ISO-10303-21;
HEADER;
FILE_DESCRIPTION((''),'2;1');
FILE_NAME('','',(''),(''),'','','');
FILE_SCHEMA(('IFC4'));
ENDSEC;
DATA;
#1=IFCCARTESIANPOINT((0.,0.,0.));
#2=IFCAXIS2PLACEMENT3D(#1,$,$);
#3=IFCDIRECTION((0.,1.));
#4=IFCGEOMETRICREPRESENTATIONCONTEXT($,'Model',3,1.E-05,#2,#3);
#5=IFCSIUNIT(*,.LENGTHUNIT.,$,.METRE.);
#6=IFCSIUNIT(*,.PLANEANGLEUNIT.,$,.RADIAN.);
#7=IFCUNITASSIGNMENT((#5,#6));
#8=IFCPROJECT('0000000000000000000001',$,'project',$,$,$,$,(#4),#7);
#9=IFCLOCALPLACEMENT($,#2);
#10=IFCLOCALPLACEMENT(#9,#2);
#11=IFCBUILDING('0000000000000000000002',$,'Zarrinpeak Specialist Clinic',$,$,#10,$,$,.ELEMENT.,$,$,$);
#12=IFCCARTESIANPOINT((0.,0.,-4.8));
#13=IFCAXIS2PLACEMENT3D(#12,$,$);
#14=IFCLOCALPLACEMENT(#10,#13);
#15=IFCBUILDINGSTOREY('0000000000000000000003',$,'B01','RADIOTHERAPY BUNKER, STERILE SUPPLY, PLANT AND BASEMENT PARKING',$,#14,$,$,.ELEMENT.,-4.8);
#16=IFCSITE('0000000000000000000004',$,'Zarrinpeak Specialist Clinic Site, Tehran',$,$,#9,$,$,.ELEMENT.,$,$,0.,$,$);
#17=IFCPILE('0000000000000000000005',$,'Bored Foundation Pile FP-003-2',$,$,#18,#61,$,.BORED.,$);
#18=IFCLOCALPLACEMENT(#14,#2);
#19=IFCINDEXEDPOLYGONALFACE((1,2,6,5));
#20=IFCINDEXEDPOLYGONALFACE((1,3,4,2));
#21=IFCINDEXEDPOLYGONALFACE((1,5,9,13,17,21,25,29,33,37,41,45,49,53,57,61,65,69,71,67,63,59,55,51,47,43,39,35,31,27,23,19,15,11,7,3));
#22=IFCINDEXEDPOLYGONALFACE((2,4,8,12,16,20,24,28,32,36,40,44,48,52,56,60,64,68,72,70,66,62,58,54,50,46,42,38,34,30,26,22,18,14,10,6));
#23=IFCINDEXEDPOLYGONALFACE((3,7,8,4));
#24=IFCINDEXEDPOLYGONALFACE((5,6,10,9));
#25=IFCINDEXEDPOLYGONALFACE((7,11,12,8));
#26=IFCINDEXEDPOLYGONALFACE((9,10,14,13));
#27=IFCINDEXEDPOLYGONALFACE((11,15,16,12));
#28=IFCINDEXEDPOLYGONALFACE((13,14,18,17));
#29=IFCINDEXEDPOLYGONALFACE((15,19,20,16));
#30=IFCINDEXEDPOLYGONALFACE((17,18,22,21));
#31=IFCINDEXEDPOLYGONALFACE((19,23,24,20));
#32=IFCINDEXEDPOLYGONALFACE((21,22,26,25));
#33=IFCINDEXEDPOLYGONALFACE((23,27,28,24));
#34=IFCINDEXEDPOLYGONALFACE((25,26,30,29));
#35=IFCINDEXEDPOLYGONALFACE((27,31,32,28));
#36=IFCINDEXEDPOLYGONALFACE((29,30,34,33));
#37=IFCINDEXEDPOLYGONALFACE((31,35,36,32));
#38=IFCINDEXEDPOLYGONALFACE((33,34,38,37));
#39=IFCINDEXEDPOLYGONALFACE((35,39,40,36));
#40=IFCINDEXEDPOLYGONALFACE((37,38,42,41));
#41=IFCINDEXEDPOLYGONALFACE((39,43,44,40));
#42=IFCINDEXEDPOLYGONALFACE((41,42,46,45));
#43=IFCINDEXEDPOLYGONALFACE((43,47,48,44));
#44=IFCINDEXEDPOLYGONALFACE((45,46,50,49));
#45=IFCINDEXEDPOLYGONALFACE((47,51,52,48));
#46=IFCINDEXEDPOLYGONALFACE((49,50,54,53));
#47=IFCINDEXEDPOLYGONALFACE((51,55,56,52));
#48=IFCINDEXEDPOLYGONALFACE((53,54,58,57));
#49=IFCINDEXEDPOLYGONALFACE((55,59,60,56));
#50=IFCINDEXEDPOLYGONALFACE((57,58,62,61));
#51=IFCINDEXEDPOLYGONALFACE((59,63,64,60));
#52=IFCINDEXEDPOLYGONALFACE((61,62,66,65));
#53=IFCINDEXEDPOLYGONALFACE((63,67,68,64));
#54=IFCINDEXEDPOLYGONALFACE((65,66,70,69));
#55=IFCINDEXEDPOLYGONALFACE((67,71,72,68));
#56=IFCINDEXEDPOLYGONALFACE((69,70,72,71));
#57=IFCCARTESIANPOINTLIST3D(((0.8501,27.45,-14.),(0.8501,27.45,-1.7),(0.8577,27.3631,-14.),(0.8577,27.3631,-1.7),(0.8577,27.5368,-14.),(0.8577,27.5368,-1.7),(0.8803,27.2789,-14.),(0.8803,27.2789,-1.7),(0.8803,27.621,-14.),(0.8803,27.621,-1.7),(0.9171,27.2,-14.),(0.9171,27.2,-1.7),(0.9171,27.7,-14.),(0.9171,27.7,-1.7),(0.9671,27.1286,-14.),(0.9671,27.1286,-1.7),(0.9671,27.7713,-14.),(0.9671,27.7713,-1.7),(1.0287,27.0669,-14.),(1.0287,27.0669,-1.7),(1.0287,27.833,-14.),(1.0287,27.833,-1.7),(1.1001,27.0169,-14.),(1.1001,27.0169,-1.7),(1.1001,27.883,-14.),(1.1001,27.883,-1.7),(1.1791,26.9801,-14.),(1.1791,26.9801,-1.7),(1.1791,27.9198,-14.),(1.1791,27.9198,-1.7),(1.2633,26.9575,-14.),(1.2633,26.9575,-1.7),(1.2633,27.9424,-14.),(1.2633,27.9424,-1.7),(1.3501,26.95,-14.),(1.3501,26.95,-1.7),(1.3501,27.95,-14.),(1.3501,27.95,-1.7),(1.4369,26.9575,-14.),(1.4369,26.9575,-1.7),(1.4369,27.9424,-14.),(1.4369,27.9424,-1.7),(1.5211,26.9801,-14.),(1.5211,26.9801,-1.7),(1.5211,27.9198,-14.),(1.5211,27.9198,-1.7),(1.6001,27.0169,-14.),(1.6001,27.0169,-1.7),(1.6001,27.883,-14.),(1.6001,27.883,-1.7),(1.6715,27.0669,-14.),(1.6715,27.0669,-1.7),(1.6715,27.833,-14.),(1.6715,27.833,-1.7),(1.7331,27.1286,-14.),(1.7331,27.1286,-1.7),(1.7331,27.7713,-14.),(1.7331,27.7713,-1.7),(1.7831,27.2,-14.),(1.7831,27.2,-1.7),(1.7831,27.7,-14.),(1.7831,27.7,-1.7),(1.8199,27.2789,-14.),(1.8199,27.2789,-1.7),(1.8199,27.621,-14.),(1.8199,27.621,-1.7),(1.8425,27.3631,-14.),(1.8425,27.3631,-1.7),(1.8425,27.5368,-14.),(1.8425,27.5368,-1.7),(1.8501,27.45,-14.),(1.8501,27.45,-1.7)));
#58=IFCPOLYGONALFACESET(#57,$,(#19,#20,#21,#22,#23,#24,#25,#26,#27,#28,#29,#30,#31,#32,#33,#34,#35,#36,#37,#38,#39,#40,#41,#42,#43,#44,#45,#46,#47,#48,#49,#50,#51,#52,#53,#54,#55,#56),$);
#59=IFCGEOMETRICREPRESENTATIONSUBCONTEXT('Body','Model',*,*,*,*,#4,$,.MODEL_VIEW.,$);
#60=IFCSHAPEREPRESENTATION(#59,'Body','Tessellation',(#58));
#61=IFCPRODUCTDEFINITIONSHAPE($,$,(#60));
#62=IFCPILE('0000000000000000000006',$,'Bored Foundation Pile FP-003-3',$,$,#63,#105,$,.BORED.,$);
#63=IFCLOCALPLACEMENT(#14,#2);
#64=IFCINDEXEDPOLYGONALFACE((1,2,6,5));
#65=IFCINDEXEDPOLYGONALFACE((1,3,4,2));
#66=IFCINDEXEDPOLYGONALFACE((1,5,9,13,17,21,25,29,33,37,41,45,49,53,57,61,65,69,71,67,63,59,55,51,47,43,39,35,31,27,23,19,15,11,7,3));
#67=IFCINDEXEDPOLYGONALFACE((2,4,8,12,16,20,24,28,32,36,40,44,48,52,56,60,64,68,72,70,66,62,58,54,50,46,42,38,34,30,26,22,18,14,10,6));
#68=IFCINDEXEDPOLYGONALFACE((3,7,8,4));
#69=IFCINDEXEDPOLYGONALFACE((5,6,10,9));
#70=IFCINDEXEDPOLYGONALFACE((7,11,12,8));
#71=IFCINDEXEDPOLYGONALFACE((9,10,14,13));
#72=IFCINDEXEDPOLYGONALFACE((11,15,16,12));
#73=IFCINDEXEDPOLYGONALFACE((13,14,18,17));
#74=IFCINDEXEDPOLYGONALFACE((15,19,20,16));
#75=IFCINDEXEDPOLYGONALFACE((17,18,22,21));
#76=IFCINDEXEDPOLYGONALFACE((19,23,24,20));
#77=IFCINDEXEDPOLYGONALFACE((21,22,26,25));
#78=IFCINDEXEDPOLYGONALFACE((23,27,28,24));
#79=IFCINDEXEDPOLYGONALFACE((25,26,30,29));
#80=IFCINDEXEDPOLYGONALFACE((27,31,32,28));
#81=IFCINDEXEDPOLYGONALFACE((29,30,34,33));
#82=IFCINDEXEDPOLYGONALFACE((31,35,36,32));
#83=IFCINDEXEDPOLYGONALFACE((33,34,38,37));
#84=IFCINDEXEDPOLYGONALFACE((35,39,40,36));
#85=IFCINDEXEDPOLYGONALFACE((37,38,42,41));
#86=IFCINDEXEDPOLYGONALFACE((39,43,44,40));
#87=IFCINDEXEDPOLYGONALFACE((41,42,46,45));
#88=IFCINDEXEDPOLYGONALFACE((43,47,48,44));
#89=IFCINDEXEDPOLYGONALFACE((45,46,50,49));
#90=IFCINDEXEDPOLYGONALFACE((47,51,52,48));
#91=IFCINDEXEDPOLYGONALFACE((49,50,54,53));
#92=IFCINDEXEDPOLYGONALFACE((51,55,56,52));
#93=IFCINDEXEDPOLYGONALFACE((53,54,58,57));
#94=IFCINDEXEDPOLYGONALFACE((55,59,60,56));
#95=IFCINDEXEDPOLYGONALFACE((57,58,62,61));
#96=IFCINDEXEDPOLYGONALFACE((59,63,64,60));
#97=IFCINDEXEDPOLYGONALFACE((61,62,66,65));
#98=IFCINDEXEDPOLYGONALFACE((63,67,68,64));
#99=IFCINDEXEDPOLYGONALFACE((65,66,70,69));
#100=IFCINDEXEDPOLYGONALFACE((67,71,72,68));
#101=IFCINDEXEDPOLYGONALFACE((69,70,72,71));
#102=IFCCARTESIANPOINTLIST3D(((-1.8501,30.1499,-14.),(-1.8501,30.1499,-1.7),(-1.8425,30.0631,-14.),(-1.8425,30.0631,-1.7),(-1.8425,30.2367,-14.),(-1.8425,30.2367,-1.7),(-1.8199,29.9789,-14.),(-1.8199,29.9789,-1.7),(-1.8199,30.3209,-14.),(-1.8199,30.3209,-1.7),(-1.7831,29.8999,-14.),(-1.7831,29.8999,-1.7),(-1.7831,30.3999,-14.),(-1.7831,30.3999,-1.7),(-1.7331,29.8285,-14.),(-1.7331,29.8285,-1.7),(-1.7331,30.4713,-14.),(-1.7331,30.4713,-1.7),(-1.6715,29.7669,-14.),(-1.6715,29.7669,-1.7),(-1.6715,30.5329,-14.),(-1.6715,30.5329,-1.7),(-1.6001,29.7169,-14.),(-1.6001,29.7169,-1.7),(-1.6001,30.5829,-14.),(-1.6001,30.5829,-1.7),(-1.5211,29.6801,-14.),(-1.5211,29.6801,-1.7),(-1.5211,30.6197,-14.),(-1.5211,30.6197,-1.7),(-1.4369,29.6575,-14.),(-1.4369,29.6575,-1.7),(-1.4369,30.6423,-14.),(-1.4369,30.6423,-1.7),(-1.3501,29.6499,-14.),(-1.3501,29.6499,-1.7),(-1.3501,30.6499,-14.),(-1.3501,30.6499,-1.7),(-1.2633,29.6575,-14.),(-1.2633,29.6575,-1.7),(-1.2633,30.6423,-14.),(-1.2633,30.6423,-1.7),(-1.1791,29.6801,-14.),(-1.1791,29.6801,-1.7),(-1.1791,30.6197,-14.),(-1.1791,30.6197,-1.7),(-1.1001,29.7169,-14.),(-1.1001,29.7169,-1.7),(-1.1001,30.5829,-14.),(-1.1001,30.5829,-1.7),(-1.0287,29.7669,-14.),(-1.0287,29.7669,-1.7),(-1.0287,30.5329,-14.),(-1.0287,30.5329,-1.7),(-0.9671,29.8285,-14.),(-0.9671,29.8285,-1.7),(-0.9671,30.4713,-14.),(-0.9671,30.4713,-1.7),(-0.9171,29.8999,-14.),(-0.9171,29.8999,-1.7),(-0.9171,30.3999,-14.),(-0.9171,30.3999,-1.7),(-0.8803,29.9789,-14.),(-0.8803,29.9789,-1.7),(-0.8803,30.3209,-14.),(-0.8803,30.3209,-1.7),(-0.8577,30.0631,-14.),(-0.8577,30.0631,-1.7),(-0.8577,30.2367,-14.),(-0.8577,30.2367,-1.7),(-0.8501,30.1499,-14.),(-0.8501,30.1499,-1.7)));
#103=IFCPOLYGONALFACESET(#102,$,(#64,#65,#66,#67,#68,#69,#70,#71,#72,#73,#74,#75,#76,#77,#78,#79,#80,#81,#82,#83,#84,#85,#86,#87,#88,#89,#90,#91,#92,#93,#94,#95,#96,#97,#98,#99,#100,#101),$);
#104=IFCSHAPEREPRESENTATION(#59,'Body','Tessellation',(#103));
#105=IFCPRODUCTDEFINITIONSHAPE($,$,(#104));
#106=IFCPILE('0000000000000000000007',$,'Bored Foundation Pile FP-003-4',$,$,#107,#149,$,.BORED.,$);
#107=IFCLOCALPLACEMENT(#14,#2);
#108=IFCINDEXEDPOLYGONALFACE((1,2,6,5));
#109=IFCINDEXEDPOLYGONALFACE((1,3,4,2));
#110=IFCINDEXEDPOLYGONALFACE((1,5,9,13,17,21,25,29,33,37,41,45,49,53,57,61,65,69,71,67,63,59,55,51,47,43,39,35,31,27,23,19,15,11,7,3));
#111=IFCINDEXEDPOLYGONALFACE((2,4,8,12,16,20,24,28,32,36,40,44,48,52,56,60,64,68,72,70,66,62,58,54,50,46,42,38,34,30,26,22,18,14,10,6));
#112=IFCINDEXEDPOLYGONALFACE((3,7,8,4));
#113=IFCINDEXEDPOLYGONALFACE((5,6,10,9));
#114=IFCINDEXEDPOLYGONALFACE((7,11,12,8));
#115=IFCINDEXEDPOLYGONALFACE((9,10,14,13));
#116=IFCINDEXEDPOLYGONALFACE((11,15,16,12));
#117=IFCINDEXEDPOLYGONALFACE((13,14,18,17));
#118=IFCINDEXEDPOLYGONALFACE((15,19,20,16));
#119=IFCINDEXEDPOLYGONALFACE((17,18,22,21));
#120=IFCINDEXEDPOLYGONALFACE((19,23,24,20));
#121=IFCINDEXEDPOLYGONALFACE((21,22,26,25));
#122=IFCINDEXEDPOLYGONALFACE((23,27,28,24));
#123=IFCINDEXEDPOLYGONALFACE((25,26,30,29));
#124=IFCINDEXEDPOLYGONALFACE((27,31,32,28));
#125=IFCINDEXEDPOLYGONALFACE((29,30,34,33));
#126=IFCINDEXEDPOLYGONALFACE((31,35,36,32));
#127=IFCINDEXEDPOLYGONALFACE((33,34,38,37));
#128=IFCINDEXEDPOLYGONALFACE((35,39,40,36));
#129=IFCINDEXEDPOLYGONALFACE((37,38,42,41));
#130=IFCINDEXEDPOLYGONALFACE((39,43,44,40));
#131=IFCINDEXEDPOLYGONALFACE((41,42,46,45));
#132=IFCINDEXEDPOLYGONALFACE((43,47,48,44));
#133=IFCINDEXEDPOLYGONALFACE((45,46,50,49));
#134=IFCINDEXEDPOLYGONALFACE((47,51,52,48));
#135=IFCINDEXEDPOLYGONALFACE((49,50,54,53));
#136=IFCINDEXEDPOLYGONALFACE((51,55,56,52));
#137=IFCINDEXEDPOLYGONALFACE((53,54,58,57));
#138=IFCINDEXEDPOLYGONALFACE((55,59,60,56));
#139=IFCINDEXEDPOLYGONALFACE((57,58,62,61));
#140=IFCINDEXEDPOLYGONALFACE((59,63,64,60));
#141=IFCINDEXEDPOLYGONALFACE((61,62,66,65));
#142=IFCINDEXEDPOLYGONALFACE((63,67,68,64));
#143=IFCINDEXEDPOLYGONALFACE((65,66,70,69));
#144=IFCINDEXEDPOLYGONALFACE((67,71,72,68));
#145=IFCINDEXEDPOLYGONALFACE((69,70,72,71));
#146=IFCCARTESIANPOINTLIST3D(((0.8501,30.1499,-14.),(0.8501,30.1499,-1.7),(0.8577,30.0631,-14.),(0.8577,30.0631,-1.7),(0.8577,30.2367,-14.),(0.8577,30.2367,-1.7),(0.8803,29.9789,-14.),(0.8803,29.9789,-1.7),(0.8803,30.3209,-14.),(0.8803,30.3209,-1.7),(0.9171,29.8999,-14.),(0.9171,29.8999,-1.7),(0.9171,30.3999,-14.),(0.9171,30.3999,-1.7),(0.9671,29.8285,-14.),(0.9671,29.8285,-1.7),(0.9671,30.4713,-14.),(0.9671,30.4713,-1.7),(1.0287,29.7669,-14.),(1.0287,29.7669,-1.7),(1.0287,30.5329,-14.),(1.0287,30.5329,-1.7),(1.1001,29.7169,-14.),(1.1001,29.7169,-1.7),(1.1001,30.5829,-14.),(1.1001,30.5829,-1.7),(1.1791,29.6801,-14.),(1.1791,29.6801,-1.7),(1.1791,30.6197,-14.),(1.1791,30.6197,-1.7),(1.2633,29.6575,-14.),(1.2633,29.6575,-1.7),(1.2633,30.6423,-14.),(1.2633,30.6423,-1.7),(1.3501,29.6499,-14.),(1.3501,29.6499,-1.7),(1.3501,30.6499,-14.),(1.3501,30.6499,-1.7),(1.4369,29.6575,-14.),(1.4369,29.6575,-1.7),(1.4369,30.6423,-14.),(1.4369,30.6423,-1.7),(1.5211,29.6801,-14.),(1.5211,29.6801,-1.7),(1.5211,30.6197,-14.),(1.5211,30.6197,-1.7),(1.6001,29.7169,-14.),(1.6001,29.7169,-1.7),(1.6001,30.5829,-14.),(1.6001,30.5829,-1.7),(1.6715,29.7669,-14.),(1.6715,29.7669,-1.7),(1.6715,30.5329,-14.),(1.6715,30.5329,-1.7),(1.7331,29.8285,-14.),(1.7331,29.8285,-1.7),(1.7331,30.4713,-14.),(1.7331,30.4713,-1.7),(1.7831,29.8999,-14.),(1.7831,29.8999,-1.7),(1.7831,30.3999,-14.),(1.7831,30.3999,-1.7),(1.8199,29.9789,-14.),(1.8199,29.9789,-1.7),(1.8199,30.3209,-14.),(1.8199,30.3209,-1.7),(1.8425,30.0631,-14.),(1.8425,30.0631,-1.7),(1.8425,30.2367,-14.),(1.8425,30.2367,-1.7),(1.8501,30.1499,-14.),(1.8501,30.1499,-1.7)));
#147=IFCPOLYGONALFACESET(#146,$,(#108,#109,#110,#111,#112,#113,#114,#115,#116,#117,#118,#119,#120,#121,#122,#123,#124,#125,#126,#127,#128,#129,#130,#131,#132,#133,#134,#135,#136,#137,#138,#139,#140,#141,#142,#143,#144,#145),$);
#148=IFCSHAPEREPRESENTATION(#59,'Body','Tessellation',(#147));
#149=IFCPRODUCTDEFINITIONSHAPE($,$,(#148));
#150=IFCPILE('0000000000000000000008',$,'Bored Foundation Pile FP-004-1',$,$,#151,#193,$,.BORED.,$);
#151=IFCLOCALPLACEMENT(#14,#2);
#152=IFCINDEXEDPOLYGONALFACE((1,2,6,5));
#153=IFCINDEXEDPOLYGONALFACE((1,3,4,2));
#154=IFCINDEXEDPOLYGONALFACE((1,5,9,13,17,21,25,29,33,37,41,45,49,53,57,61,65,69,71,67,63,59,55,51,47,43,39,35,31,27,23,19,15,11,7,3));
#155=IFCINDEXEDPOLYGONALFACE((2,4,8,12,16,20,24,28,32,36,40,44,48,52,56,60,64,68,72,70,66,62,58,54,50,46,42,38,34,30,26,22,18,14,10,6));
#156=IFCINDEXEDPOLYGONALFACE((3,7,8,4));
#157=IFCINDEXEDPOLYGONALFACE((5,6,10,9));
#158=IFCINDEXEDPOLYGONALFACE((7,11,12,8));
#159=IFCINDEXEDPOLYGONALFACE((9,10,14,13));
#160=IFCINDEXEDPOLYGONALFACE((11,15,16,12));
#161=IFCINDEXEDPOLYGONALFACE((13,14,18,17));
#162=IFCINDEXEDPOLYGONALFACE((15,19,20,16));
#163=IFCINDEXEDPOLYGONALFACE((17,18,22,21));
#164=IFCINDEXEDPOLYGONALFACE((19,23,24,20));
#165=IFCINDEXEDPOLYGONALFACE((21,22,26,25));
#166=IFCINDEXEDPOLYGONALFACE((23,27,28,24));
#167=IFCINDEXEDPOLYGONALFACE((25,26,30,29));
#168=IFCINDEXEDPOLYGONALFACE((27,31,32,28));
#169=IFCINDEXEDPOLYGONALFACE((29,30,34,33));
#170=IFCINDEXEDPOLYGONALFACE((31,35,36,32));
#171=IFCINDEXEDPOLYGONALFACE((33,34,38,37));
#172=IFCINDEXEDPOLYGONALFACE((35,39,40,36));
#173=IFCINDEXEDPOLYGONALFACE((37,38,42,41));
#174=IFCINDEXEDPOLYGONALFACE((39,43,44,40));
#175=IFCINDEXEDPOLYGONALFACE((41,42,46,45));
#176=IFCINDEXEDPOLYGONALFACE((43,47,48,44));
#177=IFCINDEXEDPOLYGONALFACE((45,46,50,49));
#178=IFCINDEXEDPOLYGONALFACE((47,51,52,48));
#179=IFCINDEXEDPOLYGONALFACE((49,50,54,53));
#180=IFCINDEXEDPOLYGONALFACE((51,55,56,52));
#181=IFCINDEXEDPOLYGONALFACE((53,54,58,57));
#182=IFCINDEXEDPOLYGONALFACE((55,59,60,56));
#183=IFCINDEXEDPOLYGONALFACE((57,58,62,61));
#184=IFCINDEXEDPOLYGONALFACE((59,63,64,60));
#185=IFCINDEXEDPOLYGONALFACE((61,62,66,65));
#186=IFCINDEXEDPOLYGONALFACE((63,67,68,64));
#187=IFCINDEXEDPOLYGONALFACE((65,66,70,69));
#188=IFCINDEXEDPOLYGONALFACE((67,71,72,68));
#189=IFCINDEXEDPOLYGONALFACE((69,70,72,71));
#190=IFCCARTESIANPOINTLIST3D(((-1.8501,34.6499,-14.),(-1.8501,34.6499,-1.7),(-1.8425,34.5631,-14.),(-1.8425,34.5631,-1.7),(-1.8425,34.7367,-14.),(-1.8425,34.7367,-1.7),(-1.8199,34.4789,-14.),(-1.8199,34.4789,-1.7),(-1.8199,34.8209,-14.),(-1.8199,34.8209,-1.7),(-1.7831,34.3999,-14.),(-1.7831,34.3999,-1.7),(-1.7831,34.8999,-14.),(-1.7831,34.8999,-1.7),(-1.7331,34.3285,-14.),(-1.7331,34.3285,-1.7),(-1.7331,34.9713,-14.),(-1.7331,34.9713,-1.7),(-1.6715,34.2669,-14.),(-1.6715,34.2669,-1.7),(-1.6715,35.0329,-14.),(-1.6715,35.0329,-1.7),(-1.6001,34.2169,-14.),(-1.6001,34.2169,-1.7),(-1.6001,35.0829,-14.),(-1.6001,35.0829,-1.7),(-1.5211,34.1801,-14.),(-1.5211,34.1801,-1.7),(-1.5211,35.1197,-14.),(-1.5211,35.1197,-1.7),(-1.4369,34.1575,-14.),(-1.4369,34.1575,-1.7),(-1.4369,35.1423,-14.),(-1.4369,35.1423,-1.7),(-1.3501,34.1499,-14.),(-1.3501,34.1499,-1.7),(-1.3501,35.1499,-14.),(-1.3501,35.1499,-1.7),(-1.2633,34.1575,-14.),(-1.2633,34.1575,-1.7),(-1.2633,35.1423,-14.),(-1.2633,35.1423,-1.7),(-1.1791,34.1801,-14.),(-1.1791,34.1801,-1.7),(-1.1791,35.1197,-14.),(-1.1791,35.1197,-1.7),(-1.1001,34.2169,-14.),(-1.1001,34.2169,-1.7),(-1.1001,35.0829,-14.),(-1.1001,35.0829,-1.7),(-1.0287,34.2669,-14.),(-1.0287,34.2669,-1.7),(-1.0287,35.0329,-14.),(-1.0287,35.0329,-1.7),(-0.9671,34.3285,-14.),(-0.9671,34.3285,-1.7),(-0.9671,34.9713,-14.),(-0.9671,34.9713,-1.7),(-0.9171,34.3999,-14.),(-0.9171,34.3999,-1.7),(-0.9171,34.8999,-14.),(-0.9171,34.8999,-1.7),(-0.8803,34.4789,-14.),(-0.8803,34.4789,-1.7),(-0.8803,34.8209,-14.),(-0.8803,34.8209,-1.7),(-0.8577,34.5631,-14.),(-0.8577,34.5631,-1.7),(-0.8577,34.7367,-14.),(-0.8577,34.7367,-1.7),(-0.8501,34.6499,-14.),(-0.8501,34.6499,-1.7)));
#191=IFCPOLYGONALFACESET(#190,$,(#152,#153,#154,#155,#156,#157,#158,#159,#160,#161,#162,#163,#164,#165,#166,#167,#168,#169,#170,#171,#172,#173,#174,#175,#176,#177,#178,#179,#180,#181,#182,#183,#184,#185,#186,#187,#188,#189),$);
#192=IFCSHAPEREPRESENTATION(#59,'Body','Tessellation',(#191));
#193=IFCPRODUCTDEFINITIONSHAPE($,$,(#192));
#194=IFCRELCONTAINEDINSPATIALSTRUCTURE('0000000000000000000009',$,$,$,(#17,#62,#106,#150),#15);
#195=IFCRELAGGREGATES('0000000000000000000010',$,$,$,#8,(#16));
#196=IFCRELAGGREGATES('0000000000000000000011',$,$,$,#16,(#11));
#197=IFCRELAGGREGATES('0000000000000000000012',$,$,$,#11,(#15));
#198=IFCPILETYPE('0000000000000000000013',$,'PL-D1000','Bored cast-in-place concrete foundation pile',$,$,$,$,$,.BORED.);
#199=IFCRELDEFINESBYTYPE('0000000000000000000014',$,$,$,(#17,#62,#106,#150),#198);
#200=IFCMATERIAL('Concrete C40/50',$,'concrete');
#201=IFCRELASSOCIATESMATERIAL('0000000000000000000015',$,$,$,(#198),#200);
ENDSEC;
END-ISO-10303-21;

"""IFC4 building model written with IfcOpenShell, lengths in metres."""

from ifc_helpers import new_model, si_unit, direction, frame, origin, origin_2d, place, context, subcontext, project, spatial, circle, extrude, material, material_profile, profile_set, type_object, element, save


model = new_model("IFC4")

# Units and contexts
model_context = context("Model", 3, precision=1e-05, world=origin(), true_north=direction((0.0, 1.0)))
body_context = subcontext(model_context, "Body", "Model", "MODEL_VIEW")
ifc_project = project(units=[si_unit("LENGTHUNIT", "METRE"), si_unit("PLANEANGLEUNIT", "RADIAN")], contexts=[model_context])

# Site, building, storey
site_placement = place(None, origin())
site = spatial("IfcSite", under=ifc_project, at=site_placement, Name="Zarrinpeak Specialist Clinic Site, Tehran", CompositionType="ELEMENT", RefElevation=0.0)
building_placement = place(site_placement, origin())
building = spatial("IfcBuilding", under=site, at=building_placement, Name="Zarrinpeak Specialist Clinic", CompositionType="ELEMENT")
storey_placement = place(building_placement, frame((0.0, 0.0, -4.8)))
storey = spatial("IfcBuildingStorey", under=building, at=storey_placement, Name="B01", Description="RADIOTHERAPY BUNKER, STERILE SUPPLY, PLANT AND BASEMENT PARKING", CompositionType="ELEMENT", Elevation=-4.8)

# Shared definitions
ifc_material = material(Name="Concrete C40/50", Category="concrete")

# Piles
ifc_material_profile_1 = material_profile(ifc_material, circle(Radius=0.5, at=origin_2d()), Name="BORED PILE D1000")
ifc_profile_set_1 = profile_set([ifc_material_profile_1], Name="Concrete C40/50")
pile_type = type_object("IfcPileType", Name="PL-D1000", Description="Bored cast-in-place concrete foundation pile", PredefinedType="BORED", material=ifc_profile_set_1)
for number, where, z_axis, x_axis, name in (
    (1, (1.3501, 27.45, -1.7), (0.0, 0.0, -1.0), (1.0, 0.0, 0.0), "Bored Foundation Pile FP-003-2"),
    (2, (-1.3501, 30.1499, -1.7), (0.0, 0.0, -1.0), (1.0, 0.0, 0.0), "Bored Foundation Pile FP-003-3"),
    (3, (1.3501, 30.1499, -1.7), (0.0, 0.0, -1.0), (1.0, 0.0, 0.0), "Bored Foundation Pile FP-003-4"),
    (4, (-1.3501, 34.6499, -1.7), (0.0, 0.0, -1.0), (1.0, 0.0, 0.0), "Bored Foundation Pile FP-004-1"),
):
    element("IfcPile", number, at=place(storey_placement, frame(where, z_axis=z_axis, x_axis=x_axis)), inside=storey, type_object=pile_type, Name=name, PredefinedType="BORED", context=body_context, shape_type="SweptSolid", body=[
        extrude(circle(Radius=0.5, at=origin_2d()), origin(), (0.0, 0.0, 1.0), 12.3),
    ])

save(model, "model.ifc")
